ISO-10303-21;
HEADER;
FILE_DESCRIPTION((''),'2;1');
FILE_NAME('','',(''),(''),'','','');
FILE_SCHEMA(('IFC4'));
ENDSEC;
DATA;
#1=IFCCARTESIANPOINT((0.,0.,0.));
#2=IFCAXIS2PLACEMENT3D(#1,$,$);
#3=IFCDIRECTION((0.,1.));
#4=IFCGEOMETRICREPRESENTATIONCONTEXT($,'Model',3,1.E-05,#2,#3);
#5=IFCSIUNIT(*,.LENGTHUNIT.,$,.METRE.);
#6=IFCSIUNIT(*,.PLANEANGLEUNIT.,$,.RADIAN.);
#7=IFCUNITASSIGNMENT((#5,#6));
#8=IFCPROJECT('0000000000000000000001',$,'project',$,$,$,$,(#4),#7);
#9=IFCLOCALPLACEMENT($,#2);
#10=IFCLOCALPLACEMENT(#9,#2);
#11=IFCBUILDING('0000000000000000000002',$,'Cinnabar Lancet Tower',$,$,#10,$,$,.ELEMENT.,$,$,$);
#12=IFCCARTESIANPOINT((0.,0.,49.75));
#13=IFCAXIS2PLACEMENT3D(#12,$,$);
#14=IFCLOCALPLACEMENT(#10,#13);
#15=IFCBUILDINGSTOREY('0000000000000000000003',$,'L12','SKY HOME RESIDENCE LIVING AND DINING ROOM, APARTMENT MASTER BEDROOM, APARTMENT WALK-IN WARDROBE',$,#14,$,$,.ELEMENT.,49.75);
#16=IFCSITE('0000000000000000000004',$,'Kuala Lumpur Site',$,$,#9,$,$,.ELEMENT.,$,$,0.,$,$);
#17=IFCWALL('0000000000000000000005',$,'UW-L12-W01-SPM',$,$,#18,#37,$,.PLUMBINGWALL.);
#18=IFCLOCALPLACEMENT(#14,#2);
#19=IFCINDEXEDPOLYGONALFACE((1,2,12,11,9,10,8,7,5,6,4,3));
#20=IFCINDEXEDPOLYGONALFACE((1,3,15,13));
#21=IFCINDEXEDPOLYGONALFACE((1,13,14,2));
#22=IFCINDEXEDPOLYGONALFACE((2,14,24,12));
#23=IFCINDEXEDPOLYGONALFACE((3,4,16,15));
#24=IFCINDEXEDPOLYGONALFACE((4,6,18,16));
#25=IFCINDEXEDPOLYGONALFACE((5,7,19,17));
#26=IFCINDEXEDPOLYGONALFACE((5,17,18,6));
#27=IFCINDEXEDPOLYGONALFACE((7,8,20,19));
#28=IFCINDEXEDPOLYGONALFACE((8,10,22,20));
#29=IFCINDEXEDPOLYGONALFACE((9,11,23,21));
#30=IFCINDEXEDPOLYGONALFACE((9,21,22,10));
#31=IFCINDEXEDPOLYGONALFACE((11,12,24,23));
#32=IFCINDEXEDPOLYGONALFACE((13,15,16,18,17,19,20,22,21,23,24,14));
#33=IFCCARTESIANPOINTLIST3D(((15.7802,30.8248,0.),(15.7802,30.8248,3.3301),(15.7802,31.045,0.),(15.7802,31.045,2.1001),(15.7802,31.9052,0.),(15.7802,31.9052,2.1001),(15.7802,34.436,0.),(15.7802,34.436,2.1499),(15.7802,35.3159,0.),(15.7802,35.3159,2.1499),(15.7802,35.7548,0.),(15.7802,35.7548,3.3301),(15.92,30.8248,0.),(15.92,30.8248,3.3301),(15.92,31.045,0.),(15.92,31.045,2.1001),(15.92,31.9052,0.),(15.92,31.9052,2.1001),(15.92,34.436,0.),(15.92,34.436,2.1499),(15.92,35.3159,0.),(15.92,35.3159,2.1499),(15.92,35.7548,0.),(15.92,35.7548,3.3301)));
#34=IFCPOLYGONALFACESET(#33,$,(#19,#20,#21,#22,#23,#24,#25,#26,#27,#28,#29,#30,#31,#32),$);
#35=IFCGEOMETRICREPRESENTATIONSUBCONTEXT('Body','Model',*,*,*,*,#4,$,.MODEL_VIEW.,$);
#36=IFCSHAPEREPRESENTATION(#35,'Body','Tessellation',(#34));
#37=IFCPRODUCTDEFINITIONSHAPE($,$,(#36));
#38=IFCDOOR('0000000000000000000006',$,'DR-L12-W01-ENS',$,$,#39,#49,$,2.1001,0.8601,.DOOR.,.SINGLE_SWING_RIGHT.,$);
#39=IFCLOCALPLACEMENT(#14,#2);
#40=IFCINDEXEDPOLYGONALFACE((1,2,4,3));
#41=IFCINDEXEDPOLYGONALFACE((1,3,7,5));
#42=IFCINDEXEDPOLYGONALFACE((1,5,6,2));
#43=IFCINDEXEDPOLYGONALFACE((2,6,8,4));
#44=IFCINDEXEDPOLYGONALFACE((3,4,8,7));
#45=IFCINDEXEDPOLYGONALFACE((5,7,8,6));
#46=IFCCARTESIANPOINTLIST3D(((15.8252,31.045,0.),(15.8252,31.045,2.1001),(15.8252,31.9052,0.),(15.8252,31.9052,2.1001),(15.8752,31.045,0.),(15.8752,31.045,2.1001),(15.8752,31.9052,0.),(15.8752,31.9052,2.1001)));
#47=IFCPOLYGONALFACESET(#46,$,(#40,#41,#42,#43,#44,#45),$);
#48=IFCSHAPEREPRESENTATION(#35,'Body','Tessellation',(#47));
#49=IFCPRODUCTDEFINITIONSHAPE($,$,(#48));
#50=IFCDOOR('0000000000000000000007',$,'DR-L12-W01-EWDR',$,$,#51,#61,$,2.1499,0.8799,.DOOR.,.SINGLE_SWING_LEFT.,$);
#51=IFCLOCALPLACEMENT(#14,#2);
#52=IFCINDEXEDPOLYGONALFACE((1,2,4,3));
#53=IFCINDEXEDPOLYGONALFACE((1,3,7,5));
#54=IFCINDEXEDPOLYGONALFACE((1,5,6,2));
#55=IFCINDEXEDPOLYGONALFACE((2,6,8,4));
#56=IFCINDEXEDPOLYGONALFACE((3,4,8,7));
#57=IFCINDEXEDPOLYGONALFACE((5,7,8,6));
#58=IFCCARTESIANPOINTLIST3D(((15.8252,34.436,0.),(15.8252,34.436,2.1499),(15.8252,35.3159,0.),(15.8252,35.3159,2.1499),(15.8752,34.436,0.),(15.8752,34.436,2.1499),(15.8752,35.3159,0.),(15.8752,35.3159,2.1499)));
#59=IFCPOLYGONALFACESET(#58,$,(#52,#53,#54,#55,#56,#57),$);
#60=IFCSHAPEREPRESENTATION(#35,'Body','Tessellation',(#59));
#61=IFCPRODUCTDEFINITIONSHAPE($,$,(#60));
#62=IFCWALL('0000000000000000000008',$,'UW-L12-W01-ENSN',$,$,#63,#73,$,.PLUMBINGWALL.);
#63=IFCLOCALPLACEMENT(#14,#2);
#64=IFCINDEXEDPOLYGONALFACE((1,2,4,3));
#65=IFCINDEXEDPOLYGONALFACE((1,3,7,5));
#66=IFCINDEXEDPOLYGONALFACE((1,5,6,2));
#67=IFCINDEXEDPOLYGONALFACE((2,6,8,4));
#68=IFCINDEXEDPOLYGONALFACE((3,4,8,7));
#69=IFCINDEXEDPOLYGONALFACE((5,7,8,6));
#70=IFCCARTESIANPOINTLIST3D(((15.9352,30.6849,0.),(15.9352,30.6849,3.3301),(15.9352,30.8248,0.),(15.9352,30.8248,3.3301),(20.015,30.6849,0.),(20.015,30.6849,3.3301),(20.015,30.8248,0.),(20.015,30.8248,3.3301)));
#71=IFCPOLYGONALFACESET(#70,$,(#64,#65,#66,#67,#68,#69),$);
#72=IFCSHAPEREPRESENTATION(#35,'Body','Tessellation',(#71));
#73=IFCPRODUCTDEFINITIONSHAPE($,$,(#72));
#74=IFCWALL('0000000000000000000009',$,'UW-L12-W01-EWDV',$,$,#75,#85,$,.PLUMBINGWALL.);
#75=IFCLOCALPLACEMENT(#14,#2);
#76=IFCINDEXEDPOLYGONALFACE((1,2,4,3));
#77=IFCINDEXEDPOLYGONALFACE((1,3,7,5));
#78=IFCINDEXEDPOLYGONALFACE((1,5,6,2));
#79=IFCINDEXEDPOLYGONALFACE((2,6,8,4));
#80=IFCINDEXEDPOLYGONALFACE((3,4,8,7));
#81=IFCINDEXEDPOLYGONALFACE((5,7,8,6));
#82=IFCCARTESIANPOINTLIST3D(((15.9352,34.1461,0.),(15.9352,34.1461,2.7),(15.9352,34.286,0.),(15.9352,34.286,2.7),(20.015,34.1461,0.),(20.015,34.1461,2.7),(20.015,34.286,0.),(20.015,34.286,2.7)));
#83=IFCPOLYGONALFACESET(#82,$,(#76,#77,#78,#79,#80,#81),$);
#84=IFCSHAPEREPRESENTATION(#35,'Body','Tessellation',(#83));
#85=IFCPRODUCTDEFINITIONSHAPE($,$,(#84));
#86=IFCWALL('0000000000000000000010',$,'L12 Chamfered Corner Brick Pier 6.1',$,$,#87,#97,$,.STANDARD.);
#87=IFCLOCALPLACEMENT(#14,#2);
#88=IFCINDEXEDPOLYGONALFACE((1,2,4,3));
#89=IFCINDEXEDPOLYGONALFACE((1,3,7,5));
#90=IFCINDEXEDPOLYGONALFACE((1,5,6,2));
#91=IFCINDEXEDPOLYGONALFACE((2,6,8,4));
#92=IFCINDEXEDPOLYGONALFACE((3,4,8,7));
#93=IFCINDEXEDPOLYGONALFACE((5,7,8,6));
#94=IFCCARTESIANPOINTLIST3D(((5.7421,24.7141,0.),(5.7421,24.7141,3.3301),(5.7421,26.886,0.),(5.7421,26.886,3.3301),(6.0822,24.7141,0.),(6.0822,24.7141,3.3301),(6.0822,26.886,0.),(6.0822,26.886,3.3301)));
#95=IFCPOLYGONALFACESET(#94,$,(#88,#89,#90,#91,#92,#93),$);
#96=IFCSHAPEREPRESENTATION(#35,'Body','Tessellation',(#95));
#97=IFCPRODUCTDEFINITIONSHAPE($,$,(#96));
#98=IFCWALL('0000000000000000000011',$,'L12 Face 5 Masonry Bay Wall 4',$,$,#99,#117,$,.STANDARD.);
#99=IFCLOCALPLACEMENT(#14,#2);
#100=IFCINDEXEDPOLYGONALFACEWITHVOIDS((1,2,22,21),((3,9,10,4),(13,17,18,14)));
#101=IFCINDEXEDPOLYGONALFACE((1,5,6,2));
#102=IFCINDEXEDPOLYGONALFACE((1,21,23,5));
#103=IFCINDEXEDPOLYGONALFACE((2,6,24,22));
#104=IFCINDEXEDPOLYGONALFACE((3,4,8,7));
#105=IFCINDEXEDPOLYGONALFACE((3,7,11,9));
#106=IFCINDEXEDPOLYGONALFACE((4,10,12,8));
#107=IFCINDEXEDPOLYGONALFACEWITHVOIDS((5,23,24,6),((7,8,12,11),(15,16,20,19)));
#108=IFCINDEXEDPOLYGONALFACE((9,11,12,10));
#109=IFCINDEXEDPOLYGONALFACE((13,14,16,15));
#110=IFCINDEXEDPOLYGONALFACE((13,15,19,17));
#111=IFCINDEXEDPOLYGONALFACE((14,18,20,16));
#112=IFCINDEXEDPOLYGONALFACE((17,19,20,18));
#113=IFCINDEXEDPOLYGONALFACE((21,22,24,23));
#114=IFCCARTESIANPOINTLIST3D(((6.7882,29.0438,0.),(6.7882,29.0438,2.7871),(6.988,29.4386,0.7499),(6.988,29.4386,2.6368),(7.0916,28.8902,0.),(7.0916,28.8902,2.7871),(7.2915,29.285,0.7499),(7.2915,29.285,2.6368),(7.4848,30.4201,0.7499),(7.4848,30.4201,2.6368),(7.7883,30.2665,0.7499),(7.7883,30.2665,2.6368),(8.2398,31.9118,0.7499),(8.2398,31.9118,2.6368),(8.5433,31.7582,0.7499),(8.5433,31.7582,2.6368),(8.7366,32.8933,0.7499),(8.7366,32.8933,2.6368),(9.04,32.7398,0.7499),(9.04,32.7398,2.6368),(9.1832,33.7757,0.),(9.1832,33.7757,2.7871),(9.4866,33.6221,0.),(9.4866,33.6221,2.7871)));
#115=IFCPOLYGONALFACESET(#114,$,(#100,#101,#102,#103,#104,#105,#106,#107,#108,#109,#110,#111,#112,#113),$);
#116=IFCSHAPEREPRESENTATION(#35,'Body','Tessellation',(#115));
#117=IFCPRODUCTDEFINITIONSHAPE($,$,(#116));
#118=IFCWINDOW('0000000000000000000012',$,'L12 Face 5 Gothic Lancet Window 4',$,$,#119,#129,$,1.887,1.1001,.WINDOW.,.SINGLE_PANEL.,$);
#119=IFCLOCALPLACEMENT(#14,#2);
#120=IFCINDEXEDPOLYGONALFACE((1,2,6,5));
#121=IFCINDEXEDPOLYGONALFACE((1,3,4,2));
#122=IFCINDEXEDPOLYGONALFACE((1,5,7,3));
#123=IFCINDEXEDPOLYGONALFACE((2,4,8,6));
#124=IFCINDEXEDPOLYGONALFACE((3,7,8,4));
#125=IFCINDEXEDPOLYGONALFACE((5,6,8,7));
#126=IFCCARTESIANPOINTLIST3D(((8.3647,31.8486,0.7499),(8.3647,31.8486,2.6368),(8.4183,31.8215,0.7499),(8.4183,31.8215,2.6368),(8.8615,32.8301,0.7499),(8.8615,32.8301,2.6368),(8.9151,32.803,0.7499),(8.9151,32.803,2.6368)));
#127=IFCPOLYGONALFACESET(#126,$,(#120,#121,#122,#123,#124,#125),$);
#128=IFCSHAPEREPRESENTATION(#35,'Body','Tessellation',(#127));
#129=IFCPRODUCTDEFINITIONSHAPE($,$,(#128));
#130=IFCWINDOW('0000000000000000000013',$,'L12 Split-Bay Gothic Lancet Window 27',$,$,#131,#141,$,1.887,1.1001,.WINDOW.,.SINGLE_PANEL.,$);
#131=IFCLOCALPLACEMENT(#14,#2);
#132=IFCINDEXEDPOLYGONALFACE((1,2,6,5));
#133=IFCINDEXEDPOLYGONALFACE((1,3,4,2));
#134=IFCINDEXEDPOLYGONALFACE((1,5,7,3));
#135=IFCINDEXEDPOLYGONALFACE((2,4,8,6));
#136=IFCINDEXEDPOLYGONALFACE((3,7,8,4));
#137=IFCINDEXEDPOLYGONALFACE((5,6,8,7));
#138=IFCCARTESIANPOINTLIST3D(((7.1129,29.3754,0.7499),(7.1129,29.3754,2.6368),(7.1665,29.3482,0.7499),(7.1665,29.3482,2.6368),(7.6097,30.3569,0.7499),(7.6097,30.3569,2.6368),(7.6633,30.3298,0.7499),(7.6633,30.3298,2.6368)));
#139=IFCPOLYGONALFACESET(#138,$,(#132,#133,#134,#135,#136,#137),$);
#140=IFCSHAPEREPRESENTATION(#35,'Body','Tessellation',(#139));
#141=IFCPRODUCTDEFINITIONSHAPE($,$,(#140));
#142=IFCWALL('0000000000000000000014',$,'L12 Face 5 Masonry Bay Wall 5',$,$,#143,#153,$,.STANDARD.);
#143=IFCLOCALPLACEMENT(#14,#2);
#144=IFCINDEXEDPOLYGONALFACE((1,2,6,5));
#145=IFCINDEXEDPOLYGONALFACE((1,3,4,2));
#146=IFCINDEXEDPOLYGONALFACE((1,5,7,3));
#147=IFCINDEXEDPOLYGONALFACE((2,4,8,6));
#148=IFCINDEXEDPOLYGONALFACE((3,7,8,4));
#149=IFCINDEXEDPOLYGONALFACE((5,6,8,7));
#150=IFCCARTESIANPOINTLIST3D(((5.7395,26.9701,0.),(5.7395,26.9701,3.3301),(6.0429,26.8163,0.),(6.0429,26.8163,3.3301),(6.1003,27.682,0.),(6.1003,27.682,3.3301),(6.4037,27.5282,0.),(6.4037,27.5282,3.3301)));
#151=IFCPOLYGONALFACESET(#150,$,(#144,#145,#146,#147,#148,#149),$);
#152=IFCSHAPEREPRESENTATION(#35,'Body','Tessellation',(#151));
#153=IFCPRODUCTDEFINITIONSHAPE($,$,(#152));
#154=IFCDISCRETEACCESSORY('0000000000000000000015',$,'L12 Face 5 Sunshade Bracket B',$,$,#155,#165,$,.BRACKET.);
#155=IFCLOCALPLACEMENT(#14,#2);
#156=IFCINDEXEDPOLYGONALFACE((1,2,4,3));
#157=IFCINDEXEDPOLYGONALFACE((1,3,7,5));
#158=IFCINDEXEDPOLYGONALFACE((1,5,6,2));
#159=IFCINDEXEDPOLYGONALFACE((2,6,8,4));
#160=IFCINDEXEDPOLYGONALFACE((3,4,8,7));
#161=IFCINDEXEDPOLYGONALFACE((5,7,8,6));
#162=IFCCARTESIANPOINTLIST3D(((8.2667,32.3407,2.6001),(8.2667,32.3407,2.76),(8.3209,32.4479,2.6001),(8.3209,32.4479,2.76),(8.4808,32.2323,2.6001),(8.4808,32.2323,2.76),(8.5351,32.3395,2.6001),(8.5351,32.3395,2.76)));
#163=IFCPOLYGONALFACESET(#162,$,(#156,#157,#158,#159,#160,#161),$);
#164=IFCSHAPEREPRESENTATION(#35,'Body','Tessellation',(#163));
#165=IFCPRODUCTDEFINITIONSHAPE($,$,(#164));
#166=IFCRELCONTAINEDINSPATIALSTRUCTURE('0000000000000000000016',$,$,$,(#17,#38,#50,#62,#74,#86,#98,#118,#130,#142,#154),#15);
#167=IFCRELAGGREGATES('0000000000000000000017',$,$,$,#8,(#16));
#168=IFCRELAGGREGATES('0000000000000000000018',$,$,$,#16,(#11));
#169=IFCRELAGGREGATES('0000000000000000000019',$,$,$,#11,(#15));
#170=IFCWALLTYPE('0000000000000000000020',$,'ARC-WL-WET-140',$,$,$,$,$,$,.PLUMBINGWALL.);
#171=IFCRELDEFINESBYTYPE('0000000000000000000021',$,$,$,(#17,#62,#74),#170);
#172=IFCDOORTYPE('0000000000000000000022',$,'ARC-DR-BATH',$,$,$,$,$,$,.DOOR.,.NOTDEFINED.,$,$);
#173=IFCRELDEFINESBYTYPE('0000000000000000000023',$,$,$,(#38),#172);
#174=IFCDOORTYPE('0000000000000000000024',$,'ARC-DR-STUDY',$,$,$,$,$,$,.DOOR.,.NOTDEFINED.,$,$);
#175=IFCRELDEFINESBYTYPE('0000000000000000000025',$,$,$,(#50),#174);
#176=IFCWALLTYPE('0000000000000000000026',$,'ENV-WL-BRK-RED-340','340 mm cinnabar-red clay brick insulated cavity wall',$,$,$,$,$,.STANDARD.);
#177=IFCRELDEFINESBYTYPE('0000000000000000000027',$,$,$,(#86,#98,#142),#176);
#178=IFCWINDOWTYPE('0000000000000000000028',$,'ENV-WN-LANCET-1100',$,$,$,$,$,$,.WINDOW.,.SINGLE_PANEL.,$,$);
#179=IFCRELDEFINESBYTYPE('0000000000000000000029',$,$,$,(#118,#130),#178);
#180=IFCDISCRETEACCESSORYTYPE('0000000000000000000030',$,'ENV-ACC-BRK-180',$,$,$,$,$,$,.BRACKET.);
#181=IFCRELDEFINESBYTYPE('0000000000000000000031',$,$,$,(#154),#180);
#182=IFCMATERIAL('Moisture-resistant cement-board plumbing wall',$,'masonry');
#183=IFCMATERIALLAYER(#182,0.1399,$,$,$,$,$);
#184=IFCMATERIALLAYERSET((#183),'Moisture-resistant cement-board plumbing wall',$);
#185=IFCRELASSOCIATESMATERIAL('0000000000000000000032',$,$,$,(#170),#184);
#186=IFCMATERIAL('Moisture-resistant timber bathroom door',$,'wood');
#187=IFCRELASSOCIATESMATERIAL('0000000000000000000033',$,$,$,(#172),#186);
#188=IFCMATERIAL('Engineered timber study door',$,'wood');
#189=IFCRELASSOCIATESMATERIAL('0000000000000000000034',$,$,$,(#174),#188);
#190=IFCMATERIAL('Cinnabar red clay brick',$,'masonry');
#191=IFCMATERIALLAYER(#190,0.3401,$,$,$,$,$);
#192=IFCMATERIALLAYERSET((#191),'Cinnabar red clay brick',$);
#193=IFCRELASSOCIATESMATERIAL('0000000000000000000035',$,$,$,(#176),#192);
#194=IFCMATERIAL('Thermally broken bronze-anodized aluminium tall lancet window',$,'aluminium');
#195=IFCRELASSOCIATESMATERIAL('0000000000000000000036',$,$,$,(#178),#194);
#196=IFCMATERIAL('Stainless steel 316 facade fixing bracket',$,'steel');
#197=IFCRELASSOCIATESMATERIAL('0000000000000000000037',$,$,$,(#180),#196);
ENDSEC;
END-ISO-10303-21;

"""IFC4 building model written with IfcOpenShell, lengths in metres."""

from ifc_helpers import new_model, si_unit, direction, frame, frame_2d, origin, origin_2d, place, context, subcontext, project, spatial, rectangle, extrude, material, layer, layer_set, type_object, element, fill, save


model = new_model("IFC4")

# Units and contexts
model_context = context("Model", 3, precision=1e-05, world=origin(), true_north=direction((0.0, 1.0)))
body_context = subcontext(model_context, "Body", "Model", "MODEL_VIEW")
ifc_project = project(units=[si_unit("LENGTHUNIT", "METRE"), si_unit("PLANEANGLEUNIT", "RADIAN")], contexts=[model_context])

# Site, building, storey
site_placement = place(None, origin())
site = spatial("IfcSite", under=ifc_project, at=site_placement, Name="Kuala Lumpur Site", CompositionType="ELEMENT", RefElevation=0.0)
building_placement = place(site_placement, origin())
building = spatial("IfcBuilding", under=site, at=building_placement, Name="Cinnabar Lancet Tower", CompositionType="ELEMENT")
storey_placement = place(building_placement, frame((0.0, 0.0, 49.75)))
storey = spatial("IfcBuildingStorey", under=building, at=storey_placement, Name="L12", Description="SKY HOME RESIDENCE LIVING AND DINING ROOM, APARTMENT MASTER BEDROOM, APARTMENT WALK-IN WARDROBE", CompositionType="ELEMENT", Elevation=49.75)

# Wall, openings, doors
ifc_material_1 = material(Name="Moisture-resistant cement-board plumbing wall", Category="masonry")
ifc_layer_1 = layer(ifc_material_1, 0.1399)
ifc_layer_set_1 = layer_set([ifc_layer_1], Name="Moisture-resistant cement-board plumbing wall")
wall_type_1 = type_object("IfcWallType", Name="ARC-WL-WET-140", PredefinedType="PLUMBINGWALL", material=ifc_layer_set_1)
wall_1_placement = place(storey_placement, frame((15.8501, 30.825, 0.0), z_axis=(0.0, 0.0, 1.0), x_axis=(0.0, 1.0, 0.0)))
wall_1 = element("IfcWall", 1, at=wall_1_placement, inside=storey, type_object=wall_type_1, Name="UW-L12-W01-SPM", PredefinedType="PLUMBINGWALL", context=body_context, shape_type="SweptSolid", body=[
    extrude(rectangle(XDim=4.9299, YDim=0.1399, at=frame_2d((2.4648, 0.0))), origin(), (0.0, 0.0, 1.0), 3.3301),
])
opening_1_placement = place(wall_1_placement, frame((0.22, 0.0, 0.0)))
opening_1 = element("IfcOpeningElement", 2, at=opening_1_placement, cuts=wall_1, PredefinedType="OPENING", context=body_context, shape_type="SweptSolid", body=[
    extrude(rectangle(XDim=0.8601, YDim=2.1001, at=frame_2d((0.4302, 1.05))), frame((0.0, 0.0798, 0.0), z_axis=(0.0, -1.0, 0.0), x_axis=(1.0, 0.0, 0.0)), (0.0, 0.0, 1.0), 0.1599),
])
opening_2_placement = place(wall_1_placement, frame((3.6111, 0.0, 0.0)))
opening_2 = element("IfcOpeningElement", 3, at=opening_2_placement, cuts=wall_1, PredefinedType="OPENING", context=body_context, shape_type="SweptSolid", body=[
    extrude(rectangle(XDim=0.8799, YDim=2.1499, at=frame_2d((0.4399, 1.075))), frame((0.0, 0.0798, 0.0), z_axis=(0.0, -1.0, 0.0), x_axis=(1.0, 0.0, 0.0)), (0.0, 0.0, 1.0), 0.1599),
])
ifc_material_2 = material(Name="Moisture-resistant timber bathroom door", Category="wood")
door_type_1 = type_object("IfcDoorType", Name="ARC-DR-BATH", OperationType="NOTDEFINED", PredefinedType="DOOR", material=ifc_material_2)
door_1_placement = place(opening_1_placement, origin())
door_1 = element("IfcDoor", 4, at=door_1_placement, inside=storey, type_object=door_type_1, Name="DR-L12-W01-ENS", OperationType="SINGLE_SWING_RIGHT", OverallHeight=2.1001, OverallWidth=0.8601, PredefinedType="DOOR", context=body_context, shape_type="SweptSolid", body=[
    extrude(rectangle(XDim=0.8601, YDim=2.1001, at=frame_2d((0.4302, 1.05))), frame((0.0, 0.0249, 0.0), z_axis=(0.0, -1.0, 0.0), x_axis=(1.0, 0.0, 0.0)), (0.0, 0.0, 1.0), 0.05),
])
fill(opening_1, door_1)
ifc_material_3 = material(Name="Engineered timber study door", Category="wood")
door_type_2 = type_object("IfcDoorType", Name="ARC-DR-STUDY", OperationType="NOTDEFINED", PredefinedType="DOOR", material=ifc_material_3)
door_2_placement = place(opening_2_placement, origin())
door_2 = element("IfcDoor", 5, at=door_2_placement, inside=storey, type_object=door_type_2, Name="DR-L12-W01-EWDR", OperationType="SINGLE_SWING_LEFT", OverallHeight=2.1499, OverallWidth=0.8799, PredefinedType="DOOR", context=body_context, shape_type="SweptSolid", body=[
    extrude(rectangle(XDim=0.8799, YDim=2.1499, at=frame_2d((0.4399, 1.075))), frame((0.0, 0.0249, 0.0), z_axis=(0.0, -1.0, 0.0), x_axis=(1.0, 0.0, 0.0)), (0.0, 0.0, 1.0), 0.05),
])
fill(opening_2, door_2)

# Walls
wall_2_placement = place(storey_placement, frame((15.9351, 30.7549, 0.0), z_axis=(0.0, 0.0, 1.0), x_axis=(1.0, 0.0, 0.0)))
element("IfcWall", 6, at=wall_2_placement, inside=storey, type_object=wall_type_1, Name="UW-L12-W01-ENSN", PredefinedType="PLUMBINGWALL", context=body_context, shape_type="SweptSolid", body=[
    extrude(rectangle(XDim=4.0798, YDim=0.1399, at=frame_2d((2.04, 0.0))), origin(), (0.0, 0.0, 1.0), 3.3301),
])
wall_3_placement = place(storey_placement, frame((15.9351, 34.2161, 0.0), z_axis=(0.0, 0.0, 1.0), x_axis=(1.0, 0.0, 0.0)))
element("IfcWall", 7, at=wall_3_placement, inside=storey, type_object=wall_type_1, Name="UW-L12-W01-EWDV", PredefinedType="PLUMBINGWALL", context=body_context, shape_type="SweptSolid", body=[
    extrude(rectangle(XDim=4.0798, YDim=0.1399, at=frame_2d((2.04, 0.0))), origin(), (0.0, 0.0, 1.0), 2.7),
])
ifc_material_4 = material(Name="Cinnabar red clay brick", Category="masonry")
ifc_layer_2 = layer(ifc_material_4, 0.3401)
ifc_layer_set_2 = layer_set([ifc_layer_2], Name="Cinnabar red clay brick")
wall_type_2 = type_object("IfcWallType", Name="ENV-WL-BRK-RED-340", Description="340 mm cinnabar-red clay brick insulated cavity wall", PredefinedType="STANDARD", material=ifc_layer_set_2)
wall_4_placement = place(storey_placement, frame((5.9121, 26.886, 0.0), z_axis=(0.0, 0.0, 1.0), x_axis=(0.0, -1.0, 0.0)))
element("IfcWall", 8, at=wall_4_placement, inside=storey, type_object=wall_type_2, Name="L12 Chamfered Corner Brick Pier 6.1", PredefinedType="STANDARD", context=body_context, shape_type="SweptSolid", body=[
    extrude(rectangle(XDim=2.1719, YDim=0.3401, at=frame_2d((1.0859, 0.0))), origin(), (0.0, 0.0, 1.0), 3.3301),
])

# Wall, openings, windows
wall_5_placement = place(storey_placement, frame((9.335, 33.699, 0.0), z_axis=(0.0, 0.0, 1.0), x_axis=(-0.451591, -0.892225, 0.0)))
wall_5 = element("IfcWall", 9, at=wall_5_placement, inside=storey, type_object=wall_type_2, Name="L12 Face 5 Masonry Bay Wall 4", PredefinedType="STANDARD", context=body_context, shape_type="SweptSolid", body=[
    extrude(rectangle(XDim=5.3035, YDim=0.3401, at=frame_2d((2.6519, 0.0))), origin(), (0.0, 0.0, 1.0), 2.7871),
])
opening_3_placement = place(wall_5_placement, frame((0.989, 0.0, 0.75)))
opening_3 = element("IfcOpeningElement", 10, at=opening_3_placement, cuts=wall_5, PredefinedType="OPENING", context=body_context, shape_type="SweptSolid", body=[
    extrude(rectangle(XDim=1.1001, YDim=1.887, at=frame_2d((0.55, 0.9434))), frame((0.0, 0.1799, 0.0), z_axis=(0.0, -1.0, 0.0), x_axis=(1.0, 0.0, 0.0)), (0.0, 0.0, 1.0), 0.3601),
])
opening_4_placement = place(wall_5_placement, frame((3.761, 0.0, 0.75)))
opening_4 = element("IfcOpeningElement", 11, at=opening_4_placement, cuts=wall_5, PredefinedType="OPENING", context=body_context, shape_type="SweptSolid", body=[
    extrude(rectangle(XDim=1.1001, YDim=1.887, at=frame_2d((0.55, 0.9434))), frame((0.0, 0.1799, 0.0), z_axis=(0.0, -1.0, 0.0), x_axis=(1.0, 0.0, 0.0)), (0.0, 0.0, 1.0), 0.3601),
])
ifc_material_5 = material(Name="Thermally broken bronze-anodized aluminium tall lancet window", Category="aluminium")
window_type = type_object("IfcWindowType", Name="ENV-WN-LANCET-1100", PartitioningType="SINGLE_PANEL", PredefinedType="WINDOW", material=ifc_material_5)
window_1_placement = place(opening_3_placement, origin())
window_1 = element("IfcWindow", 12, at=window_1_placement, inside=storey, type_object=window_type, Name="L12 Face 5 Gothic Lancet Window 4", OverallHeight=1.887, OverallWidth=1.1001, PartitioningType="SINGLE_PANEL", PredefinedType="WINDOW", context=body_context, shape_type="SweptSolid", body=[
    extrude(rectangle(XDim=1.1001, YDim=1.887, at=frame_2d((0.55, 0.9434))), frame((0.0, 0.03, 0.0), z_axis=(0.0, -1.0, 0.0), x_axis=(1.0, 0.0, 0.0)), (0.0, 0.0, 1.0), 0.0601),
])
fill(opening_3, window_1)
window_2_placement = place(opening_4_placement, origin())
window_2 = element("IfcWindow", 13, at=window_2_placement, inside=storey, type_object=window_type, Name="L12 Split-Bay Gothic Lancet Window 27", OverallHeight=1.887, OverallWidth=1.1001, PartitioningType="SINGLE_PANEL", PredefinedType="WINDOW", context=body_context, shape_type="SweptSolid", body=[
    extrude(rectangle(XDim=1.1001, YDim=1.887, at=frame_2d((0.55, 0.9434))), frame((0.0, 0.03, 0.0), z_axis=(0.0, -1.0, 0.0), x_axis=(1.0, 0.0, 0.0)), (0.0, 0.0, 1.0), 0.0601),
])
fill(opening_4, window_2)

# Wall
wall_6_placement = place(storey_placement, frame((6.252, 27.605, 0.0), z_axis=(0.0, 0.0, 1.0), x_axis=(-0.452101, -0.891967, 0.0)))
element("IfcWall", 14, at=wall_6_placement, inside=storey, type_object=wall_type_2, Name="L12 Face 5 Masonry Bay Wall 5", PredefinedType="STANDARD", context=body_context, shape_type="SweptSolid", body=[
    extrude(rectangle(XDim=0.7981, YDim=0.3401, at=frame_2d((0.3989, 0.0))), origin(), (0.0, 0.0, 1.0), 3.3301),
])

# Discrete accessory
ifc_material_6 = material(Name="Stainless steel 316 facade fixing bracket", Category="steel")
discrete_accessory_type = type_object("IfcDiscreteAccessoryType", Name="ENV-ACC-BRK-180", PredefinedType="BRACKET", material=ifc_material_6)
discrete_accessory_placement = place(storey_placement, frame((8.4009, 32.3401, 2.6001), z_axis=(0.0, 0.0, 1.0), x_axis=(-0.451501, -0.892271, 0.0)))
element("IfcDiscreteAccessory", 15, at=discrete_accessory_placement, inside=storey, type_object=discrete_accessory_type, Name="L12 Face 5 Sunshade Bracket B", PredefinedType="BRACKET", context=body_context, shape_type="SweptSolid", body=[
    extrude(rectangle(XDim=0.1201, YDim=0.24, at=origin_2d()), origin(), (0.0, 0.0, 1.0), 0.1599),
])

save(model, "model.ifc")
